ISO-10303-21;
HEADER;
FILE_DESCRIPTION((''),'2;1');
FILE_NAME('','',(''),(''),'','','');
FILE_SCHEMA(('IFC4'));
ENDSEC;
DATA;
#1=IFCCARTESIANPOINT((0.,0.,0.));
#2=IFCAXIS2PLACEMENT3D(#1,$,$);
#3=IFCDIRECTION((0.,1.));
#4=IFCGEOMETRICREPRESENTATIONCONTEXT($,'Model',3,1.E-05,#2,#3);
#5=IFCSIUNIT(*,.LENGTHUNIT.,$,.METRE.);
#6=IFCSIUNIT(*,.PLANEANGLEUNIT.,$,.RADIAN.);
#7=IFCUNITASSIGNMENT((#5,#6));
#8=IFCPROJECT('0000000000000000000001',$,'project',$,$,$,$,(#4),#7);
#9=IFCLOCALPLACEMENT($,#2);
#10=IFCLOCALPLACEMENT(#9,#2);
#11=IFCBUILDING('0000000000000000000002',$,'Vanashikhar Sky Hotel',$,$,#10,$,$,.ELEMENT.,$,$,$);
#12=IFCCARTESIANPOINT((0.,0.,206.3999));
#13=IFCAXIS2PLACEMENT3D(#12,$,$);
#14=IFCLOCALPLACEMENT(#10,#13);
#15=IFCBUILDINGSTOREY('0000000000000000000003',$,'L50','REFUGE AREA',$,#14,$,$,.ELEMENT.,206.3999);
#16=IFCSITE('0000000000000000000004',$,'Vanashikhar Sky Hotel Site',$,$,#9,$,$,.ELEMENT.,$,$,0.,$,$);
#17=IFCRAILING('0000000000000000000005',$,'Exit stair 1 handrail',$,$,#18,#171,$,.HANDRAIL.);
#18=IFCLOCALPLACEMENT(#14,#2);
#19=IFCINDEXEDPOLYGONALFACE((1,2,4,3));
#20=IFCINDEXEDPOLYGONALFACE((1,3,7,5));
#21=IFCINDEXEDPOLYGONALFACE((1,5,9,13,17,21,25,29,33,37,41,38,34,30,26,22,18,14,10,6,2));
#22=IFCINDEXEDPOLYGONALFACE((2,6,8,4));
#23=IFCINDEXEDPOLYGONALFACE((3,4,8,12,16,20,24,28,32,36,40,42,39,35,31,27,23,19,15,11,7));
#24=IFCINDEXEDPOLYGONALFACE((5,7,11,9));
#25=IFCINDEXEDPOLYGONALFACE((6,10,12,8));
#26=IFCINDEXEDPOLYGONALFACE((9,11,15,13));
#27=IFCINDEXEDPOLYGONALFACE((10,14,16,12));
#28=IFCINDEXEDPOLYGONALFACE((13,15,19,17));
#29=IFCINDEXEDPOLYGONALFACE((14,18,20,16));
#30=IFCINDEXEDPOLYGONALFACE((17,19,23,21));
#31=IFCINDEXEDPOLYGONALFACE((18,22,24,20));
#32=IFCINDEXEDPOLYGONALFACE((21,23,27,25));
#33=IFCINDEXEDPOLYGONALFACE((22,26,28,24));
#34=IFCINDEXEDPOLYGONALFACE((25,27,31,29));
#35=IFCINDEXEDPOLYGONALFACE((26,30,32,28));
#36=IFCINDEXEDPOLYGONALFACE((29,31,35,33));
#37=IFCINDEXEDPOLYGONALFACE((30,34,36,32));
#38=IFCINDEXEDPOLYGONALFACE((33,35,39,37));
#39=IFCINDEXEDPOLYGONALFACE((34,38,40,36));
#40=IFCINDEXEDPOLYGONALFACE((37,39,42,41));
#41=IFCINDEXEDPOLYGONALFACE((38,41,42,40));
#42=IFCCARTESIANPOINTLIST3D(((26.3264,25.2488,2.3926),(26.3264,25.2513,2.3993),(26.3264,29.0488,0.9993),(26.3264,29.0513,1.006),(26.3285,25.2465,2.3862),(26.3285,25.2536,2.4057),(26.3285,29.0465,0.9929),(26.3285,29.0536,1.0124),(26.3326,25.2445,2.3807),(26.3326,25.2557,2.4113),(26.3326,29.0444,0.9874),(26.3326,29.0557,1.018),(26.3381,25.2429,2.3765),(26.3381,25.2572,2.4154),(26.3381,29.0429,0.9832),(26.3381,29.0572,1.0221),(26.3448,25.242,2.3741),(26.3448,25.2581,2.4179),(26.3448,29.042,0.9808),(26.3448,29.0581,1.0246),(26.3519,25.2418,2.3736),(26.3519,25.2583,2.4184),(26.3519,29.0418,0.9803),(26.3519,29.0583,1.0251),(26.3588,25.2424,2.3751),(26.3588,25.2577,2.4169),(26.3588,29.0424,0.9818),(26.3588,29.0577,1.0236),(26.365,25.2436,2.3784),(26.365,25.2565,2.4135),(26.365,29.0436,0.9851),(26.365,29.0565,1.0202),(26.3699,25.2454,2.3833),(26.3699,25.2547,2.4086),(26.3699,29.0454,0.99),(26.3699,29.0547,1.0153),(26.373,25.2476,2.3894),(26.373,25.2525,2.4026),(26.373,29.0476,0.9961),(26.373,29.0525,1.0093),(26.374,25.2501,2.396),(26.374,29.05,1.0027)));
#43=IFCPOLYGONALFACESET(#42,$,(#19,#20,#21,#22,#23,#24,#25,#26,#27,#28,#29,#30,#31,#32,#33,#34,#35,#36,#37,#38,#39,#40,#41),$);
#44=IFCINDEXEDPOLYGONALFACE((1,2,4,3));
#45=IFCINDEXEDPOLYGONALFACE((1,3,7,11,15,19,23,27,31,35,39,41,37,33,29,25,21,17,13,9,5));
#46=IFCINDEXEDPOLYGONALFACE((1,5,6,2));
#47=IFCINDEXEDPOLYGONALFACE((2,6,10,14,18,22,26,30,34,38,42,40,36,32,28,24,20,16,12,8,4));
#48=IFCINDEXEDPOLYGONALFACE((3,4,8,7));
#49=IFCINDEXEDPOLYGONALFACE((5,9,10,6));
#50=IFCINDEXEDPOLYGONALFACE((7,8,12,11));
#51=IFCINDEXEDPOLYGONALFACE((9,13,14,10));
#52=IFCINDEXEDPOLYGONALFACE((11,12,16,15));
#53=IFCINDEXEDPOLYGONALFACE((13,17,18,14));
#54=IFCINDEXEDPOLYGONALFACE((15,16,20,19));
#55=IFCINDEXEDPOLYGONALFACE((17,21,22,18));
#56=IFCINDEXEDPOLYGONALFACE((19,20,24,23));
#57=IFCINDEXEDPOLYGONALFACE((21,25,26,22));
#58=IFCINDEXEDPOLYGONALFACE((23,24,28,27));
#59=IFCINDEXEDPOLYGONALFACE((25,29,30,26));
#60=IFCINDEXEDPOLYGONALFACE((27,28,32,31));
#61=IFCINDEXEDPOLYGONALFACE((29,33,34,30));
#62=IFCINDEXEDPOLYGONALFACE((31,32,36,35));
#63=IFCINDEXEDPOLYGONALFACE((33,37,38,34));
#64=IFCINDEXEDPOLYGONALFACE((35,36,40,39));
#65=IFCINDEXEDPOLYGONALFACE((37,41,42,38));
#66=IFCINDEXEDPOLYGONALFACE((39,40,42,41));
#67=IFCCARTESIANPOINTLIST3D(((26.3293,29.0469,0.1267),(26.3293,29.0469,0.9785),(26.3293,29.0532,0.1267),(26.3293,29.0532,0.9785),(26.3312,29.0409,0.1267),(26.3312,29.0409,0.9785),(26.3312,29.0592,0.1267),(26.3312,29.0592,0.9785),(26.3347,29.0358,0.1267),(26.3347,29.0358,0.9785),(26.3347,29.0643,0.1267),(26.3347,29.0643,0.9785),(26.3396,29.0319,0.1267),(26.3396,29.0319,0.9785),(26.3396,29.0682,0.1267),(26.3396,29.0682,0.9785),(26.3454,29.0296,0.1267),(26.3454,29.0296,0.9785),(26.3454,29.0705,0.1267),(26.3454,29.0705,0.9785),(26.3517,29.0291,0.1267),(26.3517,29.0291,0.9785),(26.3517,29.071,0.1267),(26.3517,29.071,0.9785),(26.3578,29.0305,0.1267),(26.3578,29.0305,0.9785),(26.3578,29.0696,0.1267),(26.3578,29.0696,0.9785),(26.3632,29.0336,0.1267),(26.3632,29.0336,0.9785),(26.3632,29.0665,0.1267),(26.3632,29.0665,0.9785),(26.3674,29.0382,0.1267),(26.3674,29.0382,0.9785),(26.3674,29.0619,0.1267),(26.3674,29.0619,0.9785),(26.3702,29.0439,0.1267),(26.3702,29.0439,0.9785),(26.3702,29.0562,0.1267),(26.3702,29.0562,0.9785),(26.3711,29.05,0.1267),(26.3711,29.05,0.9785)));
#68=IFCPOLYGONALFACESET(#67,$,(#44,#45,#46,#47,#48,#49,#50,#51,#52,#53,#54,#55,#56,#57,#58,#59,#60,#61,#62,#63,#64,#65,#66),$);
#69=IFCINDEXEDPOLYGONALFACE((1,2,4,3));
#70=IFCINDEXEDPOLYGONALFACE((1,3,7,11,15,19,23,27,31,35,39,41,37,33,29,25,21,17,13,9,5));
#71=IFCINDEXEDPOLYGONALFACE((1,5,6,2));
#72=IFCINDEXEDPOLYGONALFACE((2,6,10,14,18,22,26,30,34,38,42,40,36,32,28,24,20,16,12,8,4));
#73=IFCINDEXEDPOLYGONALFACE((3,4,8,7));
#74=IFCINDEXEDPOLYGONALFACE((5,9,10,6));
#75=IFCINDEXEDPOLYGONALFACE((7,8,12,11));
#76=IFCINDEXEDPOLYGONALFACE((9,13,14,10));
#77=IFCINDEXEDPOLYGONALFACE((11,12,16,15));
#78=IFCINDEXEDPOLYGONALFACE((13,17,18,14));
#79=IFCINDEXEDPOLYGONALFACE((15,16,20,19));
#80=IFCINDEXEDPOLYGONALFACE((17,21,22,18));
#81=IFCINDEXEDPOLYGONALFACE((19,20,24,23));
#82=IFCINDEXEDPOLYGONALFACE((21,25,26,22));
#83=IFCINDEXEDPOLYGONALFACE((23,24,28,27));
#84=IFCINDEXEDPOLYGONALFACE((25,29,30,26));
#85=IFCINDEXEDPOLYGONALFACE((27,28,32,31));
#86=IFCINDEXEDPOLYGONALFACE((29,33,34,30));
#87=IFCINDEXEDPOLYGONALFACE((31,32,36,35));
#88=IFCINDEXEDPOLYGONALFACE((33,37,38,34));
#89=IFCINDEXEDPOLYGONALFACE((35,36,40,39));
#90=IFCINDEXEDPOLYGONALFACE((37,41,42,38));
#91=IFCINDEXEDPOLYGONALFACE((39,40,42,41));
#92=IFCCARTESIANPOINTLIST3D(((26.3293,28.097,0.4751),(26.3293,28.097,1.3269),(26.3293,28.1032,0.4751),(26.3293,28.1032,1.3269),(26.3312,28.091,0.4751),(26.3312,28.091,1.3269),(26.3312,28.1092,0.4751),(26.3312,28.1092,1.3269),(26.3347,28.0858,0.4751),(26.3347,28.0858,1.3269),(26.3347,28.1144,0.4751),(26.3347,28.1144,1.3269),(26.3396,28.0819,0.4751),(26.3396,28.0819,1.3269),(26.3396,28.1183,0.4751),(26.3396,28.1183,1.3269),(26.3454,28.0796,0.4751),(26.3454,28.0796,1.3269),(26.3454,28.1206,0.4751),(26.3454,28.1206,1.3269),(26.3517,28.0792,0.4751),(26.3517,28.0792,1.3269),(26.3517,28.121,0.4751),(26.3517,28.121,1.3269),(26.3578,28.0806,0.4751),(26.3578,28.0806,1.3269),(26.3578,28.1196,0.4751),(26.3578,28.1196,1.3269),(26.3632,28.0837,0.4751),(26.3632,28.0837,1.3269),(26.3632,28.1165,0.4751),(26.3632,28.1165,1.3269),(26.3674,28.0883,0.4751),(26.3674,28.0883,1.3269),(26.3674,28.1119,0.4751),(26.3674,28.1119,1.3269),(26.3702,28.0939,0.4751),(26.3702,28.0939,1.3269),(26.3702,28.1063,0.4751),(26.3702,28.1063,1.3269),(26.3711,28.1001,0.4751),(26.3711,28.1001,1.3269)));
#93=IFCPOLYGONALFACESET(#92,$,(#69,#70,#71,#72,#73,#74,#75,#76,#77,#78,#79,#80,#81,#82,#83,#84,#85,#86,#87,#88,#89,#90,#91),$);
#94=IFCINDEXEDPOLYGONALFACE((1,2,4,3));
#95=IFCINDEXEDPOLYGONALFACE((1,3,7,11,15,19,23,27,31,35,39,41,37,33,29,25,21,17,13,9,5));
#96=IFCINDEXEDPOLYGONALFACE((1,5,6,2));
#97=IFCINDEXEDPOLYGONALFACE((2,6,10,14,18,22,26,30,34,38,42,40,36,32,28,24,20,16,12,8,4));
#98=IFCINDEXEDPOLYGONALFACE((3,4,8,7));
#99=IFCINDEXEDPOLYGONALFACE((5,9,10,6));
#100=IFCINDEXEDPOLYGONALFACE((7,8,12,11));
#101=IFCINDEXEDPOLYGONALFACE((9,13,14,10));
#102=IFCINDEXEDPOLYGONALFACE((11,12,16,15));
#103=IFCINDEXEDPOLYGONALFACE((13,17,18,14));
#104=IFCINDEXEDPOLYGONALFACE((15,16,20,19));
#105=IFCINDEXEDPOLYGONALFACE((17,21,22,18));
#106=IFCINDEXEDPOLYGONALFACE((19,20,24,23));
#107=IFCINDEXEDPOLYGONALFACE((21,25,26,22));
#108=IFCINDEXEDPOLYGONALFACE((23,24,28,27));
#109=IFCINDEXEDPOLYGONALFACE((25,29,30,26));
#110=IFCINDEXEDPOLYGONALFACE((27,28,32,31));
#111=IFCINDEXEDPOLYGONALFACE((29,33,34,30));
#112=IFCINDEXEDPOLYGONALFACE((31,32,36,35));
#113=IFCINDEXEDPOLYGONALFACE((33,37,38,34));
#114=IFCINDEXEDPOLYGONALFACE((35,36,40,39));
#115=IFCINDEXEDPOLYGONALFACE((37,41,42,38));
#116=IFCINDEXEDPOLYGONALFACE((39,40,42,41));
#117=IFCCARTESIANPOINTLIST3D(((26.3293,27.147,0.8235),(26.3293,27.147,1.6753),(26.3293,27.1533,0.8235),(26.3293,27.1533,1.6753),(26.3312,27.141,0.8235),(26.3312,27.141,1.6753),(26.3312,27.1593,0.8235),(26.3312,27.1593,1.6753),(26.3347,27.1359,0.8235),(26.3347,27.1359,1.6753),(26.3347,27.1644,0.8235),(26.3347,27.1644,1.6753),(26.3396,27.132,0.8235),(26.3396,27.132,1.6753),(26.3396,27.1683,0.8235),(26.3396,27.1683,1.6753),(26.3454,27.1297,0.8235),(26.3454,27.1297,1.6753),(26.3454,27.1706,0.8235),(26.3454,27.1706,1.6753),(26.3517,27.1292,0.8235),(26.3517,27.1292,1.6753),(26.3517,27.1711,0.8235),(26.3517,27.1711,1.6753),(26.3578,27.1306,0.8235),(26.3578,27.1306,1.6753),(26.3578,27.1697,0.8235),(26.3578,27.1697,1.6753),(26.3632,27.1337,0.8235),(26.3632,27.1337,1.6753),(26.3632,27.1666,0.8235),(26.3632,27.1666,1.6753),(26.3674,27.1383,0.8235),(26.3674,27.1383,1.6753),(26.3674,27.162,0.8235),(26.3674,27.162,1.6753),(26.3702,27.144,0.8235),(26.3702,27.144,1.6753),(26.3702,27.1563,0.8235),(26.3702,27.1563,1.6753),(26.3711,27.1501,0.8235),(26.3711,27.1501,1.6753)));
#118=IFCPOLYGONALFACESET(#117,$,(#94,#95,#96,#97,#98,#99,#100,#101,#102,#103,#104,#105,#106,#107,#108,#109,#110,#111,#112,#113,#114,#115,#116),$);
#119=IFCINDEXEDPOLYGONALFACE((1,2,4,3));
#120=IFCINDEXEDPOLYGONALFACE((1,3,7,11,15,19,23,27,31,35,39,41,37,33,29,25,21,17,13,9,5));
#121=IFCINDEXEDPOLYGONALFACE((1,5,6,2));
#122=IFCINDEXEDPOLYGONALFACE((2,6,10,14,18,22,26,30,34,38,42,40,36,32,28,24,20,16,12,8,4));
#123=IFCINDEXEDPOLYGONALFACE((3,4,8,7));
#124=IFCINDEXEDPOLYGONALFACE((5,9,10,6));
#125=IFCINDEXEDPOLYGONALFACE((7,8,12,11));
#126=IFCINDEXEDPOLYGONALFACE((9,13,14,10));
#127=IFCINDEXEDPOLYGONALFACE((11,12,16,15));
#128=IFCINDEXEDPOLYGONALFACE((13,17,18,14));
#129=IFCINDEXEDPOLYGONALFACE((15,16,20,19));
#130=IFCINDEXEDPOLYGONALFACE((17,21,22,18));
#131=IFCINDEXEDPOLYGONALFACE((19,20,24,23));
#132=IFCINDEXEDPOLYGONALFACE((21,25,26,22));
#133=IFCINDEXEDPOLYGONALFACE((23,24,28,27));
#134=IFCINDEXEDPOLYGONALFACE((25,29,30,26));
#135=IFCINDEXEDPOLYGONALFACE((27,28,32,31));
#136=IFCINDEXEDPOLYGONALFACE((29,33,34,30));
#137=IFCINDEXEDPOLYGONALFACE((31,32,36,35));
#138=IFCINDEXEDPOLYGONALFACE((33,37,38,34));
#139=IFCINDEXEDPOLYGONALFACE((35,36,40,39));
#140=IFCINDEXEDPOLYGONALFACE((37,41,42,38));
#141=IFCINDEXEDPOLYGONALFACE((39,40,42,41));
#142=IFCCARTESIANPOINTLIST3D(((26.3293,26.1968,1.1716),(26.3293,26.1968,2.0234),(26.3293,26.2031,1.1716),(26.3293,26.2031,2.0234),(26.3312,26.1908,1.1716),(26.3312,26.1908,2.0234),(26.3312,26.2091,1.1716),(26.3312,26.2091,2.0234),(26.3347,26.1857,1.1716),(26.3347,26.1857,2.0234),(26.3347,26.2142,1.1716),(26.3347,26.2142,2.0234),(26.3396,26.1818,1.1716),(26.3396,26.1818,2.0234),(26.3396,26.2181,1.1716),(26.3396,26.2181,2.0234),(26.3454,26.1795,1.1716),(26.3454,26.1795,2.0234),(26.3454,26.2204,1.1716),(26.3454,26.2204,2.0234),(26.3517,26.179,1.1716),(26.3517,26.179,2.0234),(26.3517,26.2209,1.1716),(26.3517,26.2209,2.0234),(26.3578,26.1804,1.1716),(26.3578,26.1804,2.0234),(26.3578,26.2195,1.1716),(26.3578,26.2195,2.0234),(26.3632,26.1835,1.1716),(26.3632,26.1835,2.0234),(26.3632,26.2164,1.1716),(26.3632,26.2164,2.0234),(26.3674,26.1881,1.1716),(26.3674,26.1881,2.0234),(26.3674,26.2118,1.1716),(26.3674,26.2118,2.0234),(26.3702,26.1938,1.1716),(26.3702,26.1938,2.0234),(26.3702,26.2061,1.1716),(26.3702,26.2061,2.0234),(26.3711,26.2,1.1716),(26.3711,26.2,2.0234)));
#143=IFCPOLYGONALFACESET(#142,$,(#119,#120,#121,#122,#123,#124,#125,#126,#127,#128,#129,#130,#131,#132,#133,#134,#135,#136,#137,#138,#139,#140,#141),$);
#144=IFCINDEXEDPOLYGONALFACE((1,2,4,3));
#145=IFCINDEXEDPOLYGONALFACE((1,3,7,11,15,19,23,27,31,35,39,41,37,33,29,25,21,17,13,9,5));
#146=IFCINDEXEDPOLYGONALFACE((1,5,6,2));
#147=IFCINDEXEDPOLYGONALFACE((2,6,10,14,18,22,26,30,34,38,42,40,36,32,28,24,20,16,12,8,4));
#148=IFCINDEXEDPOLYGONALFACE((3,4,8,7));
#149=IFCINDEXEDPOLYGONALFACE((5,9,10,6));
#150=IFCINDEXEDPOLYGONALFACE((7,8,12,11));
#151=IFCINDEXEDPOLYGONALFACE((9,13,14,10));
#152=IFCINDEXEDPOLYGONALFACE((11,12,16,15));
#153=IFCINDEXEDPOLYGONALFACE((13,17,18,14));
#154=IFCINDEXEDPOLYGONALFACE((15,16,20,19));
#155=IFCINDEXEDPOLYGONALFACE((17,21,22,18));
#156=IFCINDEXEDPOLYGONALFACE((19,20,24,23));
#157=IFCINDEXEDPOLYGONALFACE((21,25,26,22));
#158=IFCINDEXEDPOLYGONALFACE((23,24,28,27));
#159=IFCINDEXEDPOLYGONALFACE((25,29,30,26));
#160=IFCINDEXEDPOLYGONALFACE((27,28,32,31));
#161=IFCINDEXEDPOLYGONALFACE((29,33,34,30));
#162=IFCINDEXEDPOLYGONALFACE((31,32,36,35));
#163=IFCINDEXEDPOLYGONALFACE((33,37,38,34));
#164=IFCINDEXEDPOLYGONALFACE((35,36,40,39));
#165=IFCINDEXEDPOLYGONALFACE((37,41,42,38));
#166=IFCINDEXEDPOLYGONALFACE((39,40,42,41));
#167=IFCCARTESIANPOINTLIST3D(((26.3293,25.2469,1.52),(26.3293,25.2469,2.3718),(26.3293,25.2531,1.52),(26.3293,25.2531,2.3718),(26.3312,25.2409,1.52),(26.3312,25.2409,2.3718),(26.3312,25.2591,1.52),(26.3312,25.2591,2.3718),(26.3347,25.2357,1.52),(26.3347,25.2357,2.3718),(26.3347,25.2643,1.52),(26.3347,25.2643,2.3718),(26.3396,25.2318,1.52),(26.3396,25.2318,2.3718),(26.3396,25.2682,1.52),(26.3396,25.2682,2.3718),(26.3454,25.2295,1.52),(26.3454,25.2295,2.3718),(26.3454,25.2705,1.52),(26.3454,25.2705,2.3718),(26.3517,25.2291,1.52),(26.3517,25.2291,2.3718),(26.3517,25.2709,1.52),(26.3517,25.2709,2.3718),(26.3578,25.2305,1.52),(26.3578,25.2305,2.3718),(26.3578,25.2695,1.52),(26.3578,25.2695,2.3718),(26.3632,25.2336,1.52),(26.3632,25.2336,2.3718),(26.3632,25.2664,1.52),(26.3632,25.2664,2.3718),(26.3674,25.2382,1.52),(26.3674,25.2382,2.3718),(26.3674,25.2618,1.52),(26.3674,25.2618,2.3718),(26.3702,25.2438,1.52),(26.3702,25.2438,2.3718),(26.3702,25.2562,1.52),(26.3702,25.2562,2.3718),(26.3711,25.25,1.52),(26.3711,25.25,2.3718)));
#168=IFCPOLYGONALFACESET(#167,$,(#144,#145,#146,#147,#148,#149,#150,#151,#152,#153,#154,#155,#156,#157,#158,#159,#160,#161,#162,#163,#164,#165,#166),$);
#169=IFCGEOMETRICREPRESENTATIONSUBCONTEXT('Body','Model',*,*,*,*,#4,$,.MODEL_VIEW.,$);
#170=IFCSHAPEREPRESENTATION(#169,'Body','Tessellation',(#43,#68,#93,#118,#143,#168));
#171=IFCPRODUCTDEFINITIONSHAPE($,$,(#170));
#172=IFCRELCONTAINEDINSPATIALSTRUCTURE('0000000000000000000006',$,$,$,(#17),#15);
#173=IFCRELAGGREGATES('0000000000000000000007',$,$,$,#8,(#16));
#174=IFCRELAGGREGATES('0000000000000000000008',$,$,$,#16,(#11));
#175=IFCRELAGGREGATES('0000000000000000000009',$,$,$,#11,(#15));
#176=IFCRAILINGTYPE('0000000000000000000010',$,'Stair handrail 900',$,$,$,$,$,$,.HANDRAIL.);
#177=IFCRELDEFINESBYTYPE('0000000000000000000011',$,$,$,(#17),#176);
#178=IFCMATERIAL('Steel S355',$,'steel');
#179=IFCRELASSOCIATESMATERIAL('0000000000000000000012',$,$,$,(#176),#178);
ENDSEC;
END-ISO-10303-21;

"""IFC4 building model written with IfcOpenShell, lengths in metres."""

from ifc_helpers import new_model, si_unit, direction, frame, origin, origin_2d, place, context, subcontext, project, spatial, circle, extrude, source, transform, mapped, material, type_object, element, save


model = new_model("IFC4")

# Units and contexts
model_context = context("Model", 3, precision=1e-05, world=origin(), true_north=direction((0.0, 1.0)))
body_context = subcontext(model_context, "Body", "Model", "MODEL_VIEW")
ifc_project = project(units=[si_unit("LENGTHUNIT", "METRE"), si_unit("PLANEANGLEUNIT", "RADIAN")], contexts=[model_context])

# Site, building, storey
site_placement = place(None, origin())
site = spatial("IfcSite", under=ifc_project, at=site_placement, Name="Vanashikhar Sky Hotel Site", CompositionType="ELEMENT", RefElevation=0.0)
building_placement = place(site_placement, origin())
building = spatial("IfcBuilding", under=site, at=building_placement, Name="Vanashikhar Sky Hotel", CompositionType="ELEMENT")
storey_placement = place(building_placement, frame((0.0, 0.0, 206.3999)))
storey = spatial("IfcBuildingStorey", under=building, at=storey_placement, Name="L50", Description="REFUGE AREA", CompositionType="ELEMENT", Elevation=206.3999)

# Railing
ifc_material_1 = material(Name="Steel S355", Category="steel")
railing_type_1 = type_object("IfcRailingType", Name="Stair handrail 900", PredefinedType="HANDRAIL", material=ifc_material_1)
shared_shape_1 = source(origin(), body_context, "Body", "SweptSolid", [
    extrude(circle(Radius=0.0239, at=origin_2d()), frame((0.0, 0.0, 0.876), z_axis=(0.0, -0.93888, 0.344246), x_axis=(1.0, 0.0, 0.0)), (0.0, 0.0, 1.0), 4.0474),
    extrude(circle(Radius=0.021, at=origin_2d()), origin(), (0.0, 0.0, 1.0), 0.8518),
    extrude(circle(Radius=0.021, at=origin_2d()), frame((0.0, -0.95, 0.3484)), (0.0, 0.0, 1.0), 0.8518),
    extrude(circle(Radius=0.021, at=origin_2d()), frame((0.0, -1.8999, 0.6968)), (0.0, 0.0, 1.0), 0.8518),
    extrude(circle(Radius=0.021, at=origin_2d()), frame((0.0, -2.8501, 1.0449)), (0.0, 0.0, 1.0), 0.8518),
    extrude(circle(Radius=0.021, at=origin_2d()), frame((0.0, -3.8, 1.3933)), (0.0, 0.0, 1.0), 0.8518),
])
for number, where, name in (
    (1, (26.3501, 29.05, 0.1267), "Exit stair 1 handrail"),
):
    element("IfcRailing", number, at=place(storey_placement, frame(where)), inside=storey, type_object=railing_type_1, Name=name, PredefinedType="HANDRAIL", context=body_context, shape_type="MappedRepresentation", body=[
        mapped(shared_shape_1, transform((0.0, 0.0, 0.0), scale=1.0)),
    ])

save(model, "model.ifc")
